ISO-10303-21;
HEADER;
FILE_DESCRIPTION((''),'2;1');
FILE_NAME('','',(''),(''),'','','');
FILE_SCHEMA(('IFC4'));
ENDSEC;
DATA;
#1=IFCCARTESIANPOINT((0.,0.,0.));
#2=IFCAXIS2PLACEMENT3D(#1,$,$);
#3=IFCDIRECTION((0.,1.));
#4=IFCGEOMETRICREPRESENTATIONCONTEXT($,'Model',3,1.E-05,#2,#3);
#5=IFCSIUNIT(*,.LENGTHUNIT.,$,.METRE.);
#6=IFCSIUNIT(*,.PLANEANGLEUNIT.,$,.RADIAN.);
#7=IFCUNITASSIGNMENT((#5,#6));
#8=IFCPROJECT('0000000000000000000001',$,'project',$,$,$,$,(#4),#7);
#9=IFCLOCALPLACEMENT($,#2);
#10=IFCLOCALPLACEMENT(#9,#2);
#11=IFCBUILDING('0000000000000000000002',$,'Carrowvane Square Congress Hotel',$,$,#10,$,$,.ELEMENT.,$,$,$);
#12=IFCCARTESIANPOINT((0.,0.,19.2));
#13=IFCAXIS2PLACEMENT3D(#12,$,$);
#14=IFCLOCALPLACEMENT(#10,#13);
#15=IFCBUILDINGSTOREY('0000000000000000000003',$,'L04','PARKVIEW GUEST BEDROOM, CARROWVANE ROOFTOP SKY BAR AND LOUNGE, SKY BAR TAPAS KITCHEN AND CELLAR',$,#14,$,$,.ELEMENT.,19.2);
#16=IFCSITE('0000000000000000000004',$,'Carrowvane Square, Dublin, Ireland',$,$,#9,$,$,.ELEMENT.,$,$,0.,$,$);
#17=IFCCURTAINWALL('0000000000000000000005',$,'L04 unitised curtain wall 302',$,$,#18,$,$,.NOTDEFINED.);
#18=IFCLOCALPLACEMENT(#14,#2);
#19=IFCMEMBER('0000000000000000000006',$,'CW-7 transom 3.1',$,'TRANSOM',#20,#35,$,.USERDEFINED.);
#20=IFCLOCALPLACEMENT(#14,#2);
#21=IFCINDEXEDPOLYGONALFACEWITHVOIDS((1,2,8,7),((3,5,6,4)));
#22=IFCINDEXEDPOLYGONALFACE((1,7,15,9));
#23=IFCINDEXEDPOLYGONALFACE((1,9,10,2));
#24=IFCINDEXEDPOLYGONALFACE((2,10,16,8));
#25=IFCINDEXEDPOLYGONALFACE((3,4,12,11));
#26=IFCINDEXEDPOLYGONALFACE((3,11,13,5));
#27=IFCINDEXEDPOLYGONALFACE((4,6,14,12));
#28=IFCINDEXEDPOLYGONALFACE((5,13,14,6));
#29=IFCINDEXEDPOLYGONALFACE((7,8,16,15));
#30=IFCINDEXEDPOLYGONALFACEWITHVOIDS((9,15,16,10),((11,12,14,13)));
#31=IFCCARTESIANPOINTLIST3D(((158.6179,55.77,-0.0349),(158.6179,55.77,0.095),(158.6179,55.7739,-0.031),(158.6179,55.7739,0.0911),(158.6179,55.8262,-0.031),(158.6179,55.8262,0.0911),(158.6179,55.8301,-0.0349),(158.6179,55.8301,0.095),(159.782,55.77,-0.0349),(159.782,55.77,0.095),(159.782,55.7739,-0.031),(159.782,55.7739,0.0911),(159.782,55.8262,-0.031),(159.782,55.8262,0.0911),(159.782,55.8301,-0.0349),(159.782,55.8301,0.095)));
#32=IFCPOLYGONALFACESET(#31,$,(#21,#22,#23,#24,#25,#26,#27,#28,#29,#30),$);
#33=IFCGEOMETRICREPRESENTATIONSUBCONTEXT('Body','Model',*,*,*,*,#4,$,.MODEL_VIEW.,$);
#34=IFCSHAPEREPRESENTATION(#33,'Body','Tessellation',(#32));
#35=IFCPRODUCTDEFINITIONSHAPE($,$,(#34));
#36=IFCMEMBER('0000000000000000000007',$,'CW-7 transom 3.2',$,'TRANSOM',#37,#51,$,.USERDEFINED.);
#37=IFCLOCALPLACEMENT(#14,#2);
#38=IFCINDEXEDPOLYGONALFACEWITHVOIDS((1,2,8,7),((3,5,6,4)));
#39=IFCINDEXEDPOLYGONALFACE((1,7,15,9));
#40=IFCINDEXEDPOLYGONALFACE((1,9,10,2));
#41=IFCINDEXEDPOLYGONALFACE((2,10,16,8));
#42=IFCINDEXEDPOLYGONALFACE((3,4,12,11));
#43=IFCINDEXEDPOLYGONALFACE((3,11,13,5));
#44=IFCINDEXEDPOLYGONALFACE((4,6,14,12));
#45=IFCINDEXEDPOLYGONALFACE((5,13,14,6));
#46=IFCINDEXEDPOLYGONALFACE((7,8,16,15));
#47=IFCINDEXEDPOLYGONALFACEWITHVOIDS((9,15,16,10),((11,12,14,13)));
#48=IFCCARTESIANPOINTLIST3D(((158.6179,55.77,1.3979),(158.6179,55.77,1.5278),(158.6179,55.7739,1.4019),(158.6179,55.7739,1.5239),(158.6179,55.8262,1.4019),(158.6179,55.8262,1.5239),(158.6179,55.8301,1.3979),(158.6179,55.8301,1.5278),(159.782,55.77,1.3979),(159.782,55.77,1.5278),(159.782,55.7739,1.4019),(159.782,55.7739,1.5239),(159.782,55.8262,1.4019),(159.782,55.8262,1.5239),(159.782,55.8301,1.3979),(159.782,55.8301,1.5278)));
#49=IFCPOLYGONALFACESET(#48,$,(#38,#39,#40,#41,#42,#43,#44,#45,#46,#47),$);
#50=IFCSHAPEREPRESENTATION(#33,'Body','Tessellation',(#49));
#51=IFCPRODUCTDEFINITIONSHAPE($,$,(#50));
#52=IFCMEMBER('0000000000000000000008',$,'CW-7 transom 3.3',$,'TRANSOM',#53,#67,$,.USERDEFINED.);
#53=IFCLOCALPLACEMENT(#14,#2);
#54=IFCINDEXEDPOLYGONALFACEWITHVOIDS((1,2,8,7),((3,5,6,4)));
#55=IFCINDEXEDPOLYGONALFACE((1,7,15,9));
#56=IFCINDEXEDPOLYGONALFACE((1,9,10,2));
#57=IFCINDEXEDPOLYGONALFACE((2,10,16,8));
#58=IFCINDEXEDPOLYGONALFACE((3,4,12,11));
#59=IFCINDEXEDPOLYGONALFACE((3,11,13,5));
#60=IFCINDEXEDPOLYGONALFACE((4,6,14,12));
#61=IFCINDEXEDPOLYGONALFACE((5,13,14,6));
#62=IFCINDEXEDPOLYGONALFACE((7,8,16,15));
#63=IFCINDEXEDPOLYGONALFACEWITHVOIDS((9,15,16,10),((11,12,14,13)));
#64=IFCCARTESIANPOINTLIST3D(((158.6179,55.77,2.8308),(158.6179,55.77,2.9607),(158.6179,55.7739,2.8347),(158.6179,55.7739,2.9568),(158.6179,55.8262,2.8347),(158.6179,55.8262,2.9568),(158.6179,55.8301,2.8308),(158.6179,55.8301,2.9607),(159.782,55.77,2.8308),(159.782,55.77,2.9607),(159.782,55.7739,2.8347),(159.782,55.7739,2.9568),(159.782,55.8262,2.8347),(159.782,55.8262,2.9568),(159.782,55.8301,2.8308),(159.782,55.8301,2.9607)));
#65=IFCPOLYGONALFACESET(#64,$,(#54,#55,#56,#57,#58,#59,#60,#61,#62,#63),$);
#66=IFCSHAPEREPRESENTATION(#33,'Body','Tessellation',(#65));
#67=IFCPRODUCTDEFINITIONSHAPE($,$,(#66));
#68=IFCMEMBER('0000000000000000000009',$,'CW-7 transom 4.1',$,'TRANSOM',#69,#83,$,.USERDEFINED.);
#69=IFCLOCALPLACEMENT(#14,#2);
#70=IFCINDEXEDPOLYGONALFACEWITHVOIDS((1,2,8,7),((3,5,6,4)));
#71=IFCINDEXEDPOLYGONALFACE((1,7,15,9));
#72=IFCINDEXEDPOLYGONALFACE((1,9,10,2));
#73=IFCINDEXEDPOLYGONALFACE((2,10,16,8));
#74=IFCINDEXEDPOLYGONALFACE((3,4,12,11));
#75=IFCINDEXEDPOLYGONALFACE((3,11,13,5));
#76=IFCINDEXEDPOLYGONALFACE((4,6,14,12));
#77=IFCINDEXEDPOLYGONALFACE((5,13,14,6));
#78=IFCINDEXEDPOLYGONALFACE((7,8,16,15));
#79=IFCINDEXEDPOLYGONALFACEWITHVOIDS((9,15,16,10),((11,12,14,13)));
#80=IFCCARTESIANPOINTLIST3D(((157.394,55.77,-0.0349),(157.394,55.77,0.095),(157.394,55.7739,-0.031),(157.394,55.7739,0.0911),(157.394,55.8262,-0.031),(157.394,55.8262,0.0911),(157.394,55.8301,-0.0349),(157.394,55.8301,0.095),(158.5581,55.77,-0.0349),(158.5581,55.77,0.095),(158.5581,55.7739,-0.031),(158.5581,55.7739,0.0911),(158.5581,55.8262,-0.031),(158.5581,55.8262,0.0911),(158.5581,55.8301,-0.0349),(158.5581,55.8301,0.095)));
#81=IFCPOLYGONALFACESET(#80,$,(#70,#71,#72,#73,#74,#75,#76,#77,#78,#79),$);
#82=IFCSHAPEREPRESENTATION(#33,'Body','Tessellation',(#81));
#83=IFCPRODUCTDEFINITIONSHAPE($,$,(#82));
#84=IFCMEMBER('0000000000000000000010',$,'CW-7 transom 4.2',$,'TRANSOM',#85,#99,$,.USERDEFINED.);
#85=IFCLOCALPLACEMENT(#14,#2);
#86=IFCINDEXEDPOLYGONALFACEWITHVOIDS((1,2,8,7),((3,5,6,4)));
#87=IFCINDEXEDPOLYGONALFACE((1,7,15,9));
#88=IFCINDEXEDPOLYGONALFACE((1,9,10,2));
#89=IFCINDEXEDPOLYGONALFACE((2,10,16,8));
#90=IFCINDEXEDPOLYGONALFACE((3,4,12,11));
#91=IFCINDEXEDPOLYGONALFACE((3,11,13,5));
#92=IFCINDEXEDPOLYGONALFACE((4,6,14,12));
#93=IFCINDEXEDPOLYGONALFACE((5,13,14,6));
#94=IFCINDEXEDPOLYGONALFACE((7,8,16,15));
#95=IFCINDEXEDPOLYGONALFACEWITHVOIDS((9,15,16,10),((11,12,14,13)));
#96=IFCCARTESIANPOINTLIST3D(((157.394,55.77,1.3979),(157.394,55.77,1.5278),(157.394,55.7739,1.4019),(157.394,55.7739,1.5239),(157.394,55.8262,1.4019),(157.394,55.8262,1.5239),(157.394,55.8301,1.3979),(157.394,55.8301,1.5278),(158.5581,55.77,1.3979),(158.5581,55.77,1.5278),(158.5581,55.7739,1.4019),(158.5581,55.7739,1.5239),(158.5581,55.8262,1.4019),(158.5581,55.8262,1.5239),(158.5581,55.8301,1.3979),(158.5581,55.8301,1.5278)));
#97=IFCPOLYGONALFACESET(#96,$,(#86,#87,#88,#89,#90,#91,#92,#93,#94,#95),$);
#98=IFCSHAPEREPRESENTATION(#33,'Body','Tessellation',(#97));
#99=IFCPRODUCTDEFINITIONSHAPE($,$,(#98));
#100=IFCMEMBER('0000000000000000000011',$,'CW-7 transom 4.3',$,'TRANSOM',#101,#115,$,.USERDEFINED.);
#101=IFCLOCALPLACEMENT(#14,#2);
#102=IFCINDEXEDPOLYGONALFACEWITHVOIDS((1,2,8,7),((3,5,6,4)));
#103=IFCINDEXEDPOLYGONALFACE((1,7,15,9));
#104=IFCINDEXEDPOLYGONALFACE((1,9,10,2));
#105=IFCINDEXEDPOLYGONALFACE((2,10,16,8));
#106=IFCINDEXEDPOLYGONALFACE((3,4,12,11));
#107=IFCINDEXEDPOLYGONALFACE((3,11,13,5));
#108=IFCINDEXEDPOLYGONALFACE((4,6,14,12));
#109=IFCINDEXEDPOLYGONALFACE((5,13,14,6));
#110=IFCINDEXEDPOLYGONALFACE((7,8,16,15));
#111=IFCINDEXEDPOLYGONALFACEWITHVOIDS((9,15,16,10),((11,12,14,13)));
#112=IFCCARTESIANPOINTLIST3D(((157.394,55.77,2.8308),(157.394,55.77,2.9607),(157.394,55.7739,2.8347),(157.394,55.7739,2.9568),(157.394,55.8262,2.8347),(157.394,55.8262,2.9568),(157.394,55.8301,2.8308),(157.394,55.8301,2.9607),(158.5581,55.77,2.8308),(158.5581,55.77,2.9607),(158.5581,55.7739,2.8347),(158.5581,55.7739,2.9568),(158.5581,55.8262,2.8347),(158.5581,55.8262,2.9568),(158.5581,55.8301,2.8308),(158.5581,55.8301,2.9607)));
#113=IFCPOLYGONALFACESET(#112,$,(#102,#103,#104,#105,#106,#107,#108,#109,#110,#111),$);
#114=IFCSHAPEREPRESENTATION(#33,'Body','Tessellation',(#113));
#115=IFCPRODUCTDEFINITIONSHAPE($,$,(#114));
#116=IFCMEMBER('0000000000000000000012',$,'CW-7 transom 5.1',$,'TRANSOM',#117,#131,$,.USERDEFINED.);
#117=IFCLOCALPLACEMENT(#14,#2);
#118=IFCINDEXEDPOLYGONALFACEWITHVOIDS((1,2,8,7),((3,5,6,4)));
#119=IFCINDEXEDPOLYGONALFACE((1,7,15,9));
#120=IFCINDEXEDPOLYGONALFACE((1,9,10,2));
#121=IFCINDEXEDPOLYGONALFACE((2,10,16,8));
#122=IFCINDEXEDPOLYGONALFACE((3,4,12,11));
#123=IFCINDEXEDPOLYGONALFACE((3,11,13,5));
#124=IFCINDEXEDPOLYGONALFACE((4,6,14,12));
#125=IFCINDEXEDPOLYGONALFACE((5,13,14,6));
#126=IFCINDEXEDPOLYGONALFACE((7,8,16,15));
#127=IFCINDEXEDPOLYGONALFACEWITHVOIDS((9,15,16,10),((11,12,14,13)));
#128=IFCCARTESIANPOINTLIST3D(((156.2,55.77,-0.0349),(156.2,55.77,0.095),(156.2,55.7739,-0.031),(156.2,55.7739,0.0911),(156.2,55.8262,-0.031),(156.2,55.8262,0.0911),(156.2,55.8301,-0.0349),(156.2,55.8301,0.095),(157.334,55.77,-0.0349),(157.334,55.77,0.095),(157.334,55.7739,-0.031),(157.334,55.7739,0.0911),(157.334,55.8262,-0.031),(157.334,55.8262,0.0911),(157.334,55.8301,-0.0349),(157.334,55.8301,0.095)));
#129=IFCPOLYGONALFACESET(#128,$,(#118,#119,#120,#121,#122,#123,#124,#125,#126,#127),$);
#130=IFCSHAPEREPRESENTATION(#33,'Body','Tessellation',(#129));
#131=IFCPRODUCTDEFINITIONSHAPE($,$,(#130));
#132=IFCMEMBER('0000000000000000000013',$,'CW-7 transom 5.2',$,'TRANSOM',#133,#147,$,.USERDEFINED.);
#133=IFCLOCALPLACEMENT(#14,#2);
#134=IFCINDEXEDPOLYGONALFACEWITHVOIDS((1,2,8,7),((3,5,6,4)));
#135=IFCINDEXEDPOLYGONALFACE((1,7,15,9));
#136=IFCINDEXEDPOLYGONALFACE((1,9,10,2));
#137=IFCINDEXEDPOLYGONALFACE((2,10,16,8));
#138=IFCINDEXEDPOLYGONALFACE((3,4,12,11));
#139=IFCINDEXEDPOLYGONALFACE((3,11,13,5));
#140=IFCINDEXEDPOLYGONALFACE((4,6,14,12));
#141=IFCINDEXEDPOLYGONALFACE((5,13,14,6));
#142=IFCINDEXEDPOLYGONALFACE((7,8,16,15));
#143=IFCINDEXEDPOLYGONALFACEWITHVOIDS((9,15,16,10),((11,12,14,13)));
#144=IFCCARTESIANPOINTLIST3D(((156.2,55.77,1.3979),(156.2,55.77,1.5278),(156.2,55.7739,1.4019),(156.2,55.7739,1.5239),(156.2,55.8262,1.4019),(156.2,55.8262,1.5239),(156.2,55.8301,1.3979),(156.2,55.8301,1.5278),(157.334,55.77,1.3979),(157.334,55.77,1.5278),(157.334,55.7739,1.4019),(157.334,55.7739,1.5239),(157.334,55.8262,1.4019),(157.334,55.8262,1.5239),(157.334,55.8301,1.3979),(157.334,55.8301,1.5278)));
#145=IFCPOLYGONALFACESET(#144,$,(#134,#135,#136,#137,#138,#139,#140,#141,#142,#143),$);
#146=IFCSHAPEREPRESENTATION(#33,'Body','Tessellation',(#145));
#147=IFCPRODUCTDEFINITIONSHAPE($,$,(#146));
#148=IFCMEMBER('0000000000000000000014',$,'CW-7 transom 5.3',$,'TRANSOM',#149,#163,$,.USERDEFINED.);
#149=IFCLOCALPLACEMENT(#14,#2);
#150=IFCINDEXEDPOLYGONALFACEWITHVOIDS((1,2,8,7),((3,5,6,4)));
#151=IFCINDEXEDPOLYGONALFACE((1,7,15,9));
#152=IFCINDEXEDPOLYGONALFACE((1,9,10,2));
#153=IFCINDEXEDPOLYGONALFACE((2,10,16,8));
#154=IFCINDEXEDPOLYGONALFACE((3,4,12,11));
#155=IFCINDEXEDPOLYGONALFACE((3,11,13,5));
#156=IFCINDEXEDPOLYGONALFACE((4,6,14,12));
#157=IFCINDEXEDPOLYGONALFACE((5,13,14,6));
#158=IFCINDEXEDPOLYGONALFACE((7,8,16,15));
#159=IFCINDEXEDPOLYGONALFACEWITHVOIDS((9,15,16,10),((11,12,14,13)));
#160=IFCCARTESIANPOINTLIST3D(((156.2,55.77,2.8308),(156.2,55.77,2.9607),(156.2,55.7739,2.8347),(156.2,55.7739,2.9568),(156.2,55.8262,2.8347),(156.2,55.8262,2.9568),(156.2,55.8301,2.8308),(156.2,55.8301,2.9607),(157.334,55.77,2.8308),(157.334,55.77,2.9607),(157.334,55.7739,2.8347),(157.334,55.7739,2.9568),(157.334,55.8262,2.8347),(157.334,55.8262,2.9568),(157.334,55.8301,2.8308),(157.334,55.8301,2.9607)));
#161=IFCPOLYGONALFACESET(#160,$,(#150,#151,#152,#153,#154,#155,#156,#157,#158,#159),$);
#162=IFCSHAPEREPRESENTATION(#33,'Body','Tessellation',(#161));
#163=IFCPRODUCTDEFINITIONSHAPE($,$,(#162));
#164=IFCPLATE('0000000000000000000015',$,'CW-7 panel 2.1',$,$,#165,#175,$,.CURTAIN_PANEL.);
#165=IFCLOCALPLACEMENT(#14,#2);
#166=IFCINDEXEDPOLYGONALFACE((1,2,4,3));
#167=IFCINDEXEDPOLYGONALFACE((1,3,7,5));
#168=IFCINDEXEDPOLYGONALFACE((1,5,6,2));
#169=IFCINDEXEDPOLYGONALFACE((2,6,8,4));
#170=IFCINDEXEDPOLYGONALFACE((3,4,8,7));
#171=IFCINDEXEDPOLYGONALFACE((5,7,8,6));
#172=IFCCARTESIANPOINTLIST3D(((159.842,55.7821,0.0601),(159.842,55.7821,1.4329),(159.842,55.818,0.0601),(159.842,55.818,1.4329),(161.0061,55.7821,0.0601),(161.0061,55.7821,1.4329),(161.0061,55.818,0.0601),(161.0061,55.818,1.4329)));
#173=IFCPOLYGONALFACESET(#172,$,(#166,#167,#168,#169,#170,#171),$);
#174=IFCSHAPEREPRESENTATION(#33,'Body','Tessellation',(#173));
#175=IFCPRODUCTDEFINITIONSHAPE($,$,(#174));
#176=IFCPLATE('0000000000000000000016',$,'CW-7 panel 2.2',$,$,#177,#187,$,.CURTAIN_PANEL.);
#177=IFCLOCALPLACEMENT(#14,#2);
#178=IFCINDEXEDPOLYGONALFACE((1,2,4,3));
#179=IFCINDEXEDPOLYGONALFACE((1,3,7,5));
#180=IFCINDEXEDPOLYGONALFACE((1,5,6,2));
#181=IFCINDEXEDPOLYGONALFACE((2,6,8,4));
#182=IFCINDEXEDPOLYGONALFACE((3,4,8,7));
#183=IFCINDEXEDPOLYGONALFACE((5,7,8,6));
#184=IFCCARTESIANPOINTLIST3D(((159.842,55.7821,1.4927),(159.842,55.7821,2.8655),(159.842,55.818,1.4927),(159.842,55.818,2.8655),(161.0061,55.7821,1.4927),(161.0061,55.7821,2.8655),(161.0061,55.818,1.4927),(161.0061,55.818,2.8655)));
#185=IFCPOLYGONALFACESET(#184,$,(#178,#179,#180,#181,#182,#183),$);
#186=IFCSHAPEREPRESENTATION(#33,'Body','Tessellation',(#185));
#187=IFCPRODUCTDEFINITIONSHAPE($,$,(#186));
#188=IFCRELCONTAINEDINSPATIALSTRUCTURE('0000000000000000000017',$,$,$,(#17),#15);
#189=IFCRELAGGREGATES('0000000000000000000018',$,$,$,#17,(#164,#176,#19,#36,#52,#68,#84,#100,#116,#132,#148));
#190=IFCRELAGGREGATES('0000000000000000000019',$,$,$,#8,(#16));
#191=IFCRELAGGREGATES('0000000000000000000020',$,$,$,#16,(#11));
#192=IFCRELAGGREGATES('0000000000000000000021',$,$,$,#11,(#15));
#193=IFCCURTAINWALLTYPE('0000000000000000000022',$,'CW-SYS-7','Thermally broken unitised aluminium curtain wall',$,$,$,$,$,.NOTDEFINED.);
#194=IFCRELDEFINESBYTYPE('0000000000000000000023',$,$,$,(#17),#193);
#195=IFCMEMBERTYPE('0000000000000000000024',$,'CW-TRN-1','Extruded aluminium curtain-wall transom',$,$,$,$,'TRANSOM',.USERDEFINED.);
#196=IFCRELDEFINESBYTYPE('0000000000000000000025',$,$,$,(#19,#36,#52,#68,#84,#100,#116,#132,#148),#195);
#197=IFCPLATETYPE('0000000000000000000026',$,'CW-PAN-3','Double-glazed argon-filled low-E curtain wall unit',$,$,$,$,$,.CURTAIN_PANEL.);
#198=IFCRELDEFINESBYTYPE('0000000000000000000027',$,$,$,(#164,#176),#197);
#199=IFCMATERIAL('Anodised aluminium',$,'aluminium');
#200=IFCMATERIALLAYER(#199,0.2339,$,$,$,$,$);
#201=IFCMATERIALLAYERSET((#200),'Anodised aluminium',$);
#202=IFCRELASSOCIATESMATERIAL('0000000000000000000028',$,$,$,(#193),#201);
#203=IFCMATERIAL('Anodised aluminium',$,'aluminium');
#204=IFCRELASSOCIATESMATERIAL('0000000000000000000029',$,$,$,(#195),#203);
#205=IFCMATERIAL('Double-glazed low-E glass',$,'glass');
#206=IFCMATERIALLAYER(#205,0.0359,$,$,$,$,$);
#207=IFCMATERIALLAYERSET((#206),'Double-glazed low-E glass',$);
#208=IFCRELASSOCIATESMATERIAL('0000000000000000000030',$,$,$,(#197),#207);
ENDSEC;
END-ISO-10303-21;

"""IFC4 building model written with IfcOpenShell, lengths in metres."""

from ifc_helpers import new_model, si_unit, direction, frame, origin, origin_2d, place, context, subcontext, project, spatial, rectangle, hollow_rectangle, extrude, material, layer, layer_set, material_profile, profile_set, type_object, element, aggregate, save


model = new_model("IFC4")

# Units and contexts
model_context = context("Model", 3, precision=1e-05, world=origin(), true_north=direction((0.0, 1.0)))
body_context = subcontext(model_context, "Body", "Model", "MODEL_VIEW")
ifc_project = project(units=[si_unit("LENGTHUNIT", "METRE"), si_unit("PLANEANGLEUNIT", "RADIAN")], contexts=[model_context])

# Site, building, storey
site_placement = place(None, origin())
site = spatial("IfcSite", under=ifc_project, at=site_placement, Name="Carrowvane Square, Dublin, Ireland", CompositionType="ELEMENT", RefElevation=0.0)
building_placement = place(site_placement, origin())
building = spatial("IfcBuilding", under=site, at=building_placement, Name="Carrowvane Square Congress Hotel", CompositionType="ELEMENT")
storey_placement = place(building_placement, frame((0.0, 0.0, 19.2)))
storey = spatial("IfcBuildingStorey", under=building, at=storey_placement, Name="L04", Description="PARKVIEW GUEST BEDROOM, CARROWVANE ROOFTOP SKY BAR AND LOUNGE, SKY BAR TAPAS KITCHEN AND CELLAR", CompositionType="ELEMENT", Elevation=19.2)

# Curtain wall, members, plates
ifc_material_1 = material(Name="Anodised aluminium", Category="aluminium")
ifc_layer_1 = layer(ifc_material_1, 0.2339)
ifc_layer_set_1 = layer_set([ifc_layer_1], Name="Anodised aluminium")
curtain_wall_type = type_object("IfcCurtainWallType", Name="CW-SYS-7", Description="Thermally broken unitised aluminium curtain wall", PredefinedType="NOTDEFINED", material=ifc_layer_set_1)
curtain_wall_placement = place(storey_placement, origin())
curtain_wall = element("IfcCurtainWall", 1, at=curtain_wall_placement, inside=storey, type_object=curtain_wall_type, Name="L04 unitised curtain wall 302", PredefinedType="NOTDEFINED")
ifc_material_2 = material(Name="Anodised aluminium", Category="aluminium")
ifc_material_profile_1 = material_profile(ifc_material_2, hollow_rectangle(XDim=0.0601, YDim=0.1299, WallThickness=0.0039, at=origin_2d()), Name="CW-TR 60x130x4")
ifc_profile_set_1 = profile_set([ifc_material_profile_1], Name="Anodised aluminium")
member_type_1 = type_object("IfcMemberType", Name="CW-TRN-1", Description="Extruded aluminium curtain-wall transom", ElementType="TRANSOM", PredefinedType="USERDEFINED", material=ifc_profile_set_1)
member_1_placement = place(storey_placement, frame((159.782, 55.8, 0.03), z_axis=(-1.0, 0.0, 0.0), x_axis=(0.0, -1.0, 0.0)))
member_1 = element("IfcMember", 2, at=member_1_placement, type_object=member_type_1, Name="CW-7 transom 3.1", ObjectType="TRANSOM", PredefinedType="USERDEFINED", context=body_context, shape_type="SweptSolid", body=[
    extrude(hollow_rectangle(XDim=0.0601, YDim=0.1299, WallThickness=0.0039, at=origin_2d()), origin(), (0.0, 0.0, 1.0), 1.1641),
])
member_2_placement = place(storey_placement, frame((159.782, 55.8, 1.4629), z_axis=(-1.0, 0.0, 0.0), x_axis=(0.0, -1.0, 0.0)))
member_2 = element("IfcMember", 3, at=member_2_placement, type_object=member_type_1, Name="CW-7 transom 3.2", ObjectType="TRANSOM", PredefinedType="USERDEFINED", context=body_context, shape_type="SweptSolid", body=[
    extrude(hollow_rectangle(XDim=0.0601, YDim=0.1299, WallThickness=0.0039, at=origin_2d()), origin(), (0.0, 0.0, 1.0), 1.1641),
])
member_3_placement = place(storey_placement, frame((159.782, 55.8, 2.8958), z_axis=(-1.0, 0.0, 0.0), x_axis=(0.0, -1.0, 0.0)))
member_3 = element("IfcMember", 4, at=member_3_placement, type_object=member_type_1, Name="CW-7 transom 3.3", ObjectType="TRANSOM", PredefinedType="USERDEFINED", context=body_context, shape_type="SweptSolid", body=[
    extrude(hollow_rectangle(XDim=0.0601, YDim=0.1299, WallThickness=0.0039, at=origin_2d()), origin(), (0.0, 0.0, 1.0), 1.1641),
])
member_4_placement = place(storey_placement, frame((158.5581, 55.8, 0.03), z_axis=(-1.0, 0.0, 0.0), x_axis=(0.0, -1.0, 0.0)))
member_4 = element("IfcMember", 5, at=member_4_placement, type_object=member_type_1, Name="CW-7 transom 4.1", ObjectType="TRANSOM", PredefinedType="USERDEFINED", context=body_context, shape_type="SweptSolid", body=[
    extrude(hollow_rectangle(XDim=0.0601, YDim=0.1299, WallThickness=0.0039, at=origin_2d()), origin(), (0.0, 0.0, 1.0), 1.1641),
])
member_5_placement = place(storey_placement, frame((158.5581, 55.8, 1.4629), z_axis=(-1.0, 0.0, 0.0), x_axis=(0.0, -1.0, 0.0)))
member_5 = element("IfcMember", 6, at=member_5_placement, type_object=member_type_1, Name="CW-7 transom 4.2", ObjectType="TRANSOM", PredefinedType="USERDEFINED", context=body_context, shape_type="SweptSolid", body=[
    extrude(hollow_rectangle(XDim=0.0601, YDim=0.1299, WallThickness=0.0039, at=origin_2d()), origin(), (0.0, 0.0, 1.0), 1.1641),
])
member_6_placement = place(storey_placement, frame((158.5581, 55.8, 2.8958), z_axis=(-1.0, 0.0, 0.0), x_axis=(0.0, -1.0, 0.0)))
member_6 = element("IfcMember", 7, at=member_6_placement, type_object=member_type_1, Name="CW-7 transom 4.3", ObjectType="TRANSOM", PredefinedType="USERDEFINED", context=body_context, shape_type="SweptSolid", body=[
    extrude(hollow_rectangle(XDim=0.0601, YDim=0.1299, WallThickness=0.0039, at=origin_2d()), origin(), (0.0, 0.0, 1.0), 1.1641),
])
member_7_placement = place(storey_placement, frame((157.334, 55.8, 0.03), z_axis=(-1.0, 0.0, 0.0), x_axis=(0.0, -1.0, 0.0)))
member_7 = element("IfcMember", 8, at=member_7_placement, type_object=member_type_1, Name="CW-7 transom 5.1", ObjectType="TRANSOM", PredefinedType="USERDEFINED", context=body_context, shape_type="SweptSolid", body=[
    extrude(hollow_rectangle(XDim=0.0601, YDim=0.1299, WallThickness=0.0039, at=origin_2d()), origin(), (0.0, 0.0, 1.0), 1.134),
])
member_8_placement = place(storey_placement, frame((157.334, 55.8, 1.4629), z_axis=(-1.0, 0.0, 0.0), x_axis=(0.0, -1.0, 0.0)))
member_8 = element("IfcMember", 9, at=member_8_placement, type_object=member_type_1, Name="CW-7 transom 5.2", ObjectType="TRANSOM", PredefinedType="USERDEFINED", context=body_context, shape_type="SweptSolid", body=[
    extrude(hollow_rectangle(XDim=0.0601, YDim=0.1299, WallThickness=0.0039, at=origin_2d()), origin(), (0.0, 0.0, 1.0), 1.134),
])
member_9_placement = place(storey_placement, frame((157.334, 55.8, 2.8958), z_axis=(-1.0, 0.0, 0.0), x_axis=(0.0, -1.0, 0.0)))
member_9 = element("IfcMember", 10, at=member_9_placement, type_object=member_type_1, Name="CW-7 transom 5.3", ObjectType="TRANSOM", PredefinedType="USERDEFINED", context=body_context, shape_type="SweptSolid", body=[
    extrude(hollow_rectangle(XDim=0.0601, YDim=0.1299, WallThickness=0.0039, at=origin_2d()), origin(), (0.0, 0.0, 1.0), 1.134),
])
ifc_material_3 = material(Name="Double-glazed low-E glass", Category="glass")
ifc_layer_2 = layer(ifc_material_3, 0.0359)
ifc_layer_set_2 = layer_set([ifc_layer_2], Name="Double-glazed low-E glass")
plate_type = type_object("IfcPlateType", Name="CW-PAN-3", Description="Double-glazed argon-filled low-E curtain wall unit", PredefinedType="CURTAIN_PANEL", material=ifc_layer_set_2)
plate_1_placement = place(storey_placement, frame((160.4241, 55.8, 0.0601), z_axis=(0.0, 0.0, 1.0), x_axis=(-1.0, 0.0, 0.0)))
plate_1 = element("IfcPlate", 11, at=plate_1_placement, type_object=plate_type, Name="CW-7 panel 2.1", PredefinedType="CURTAIN_PANEL", context=body_context, shape_type="SweptSolid", body=[
    extrude(rectangle(XDim=1.1641, YDim=0.0359, at=origin_2d()), origin(), (0.0, 0.0, 1.0), 1.3728),
])
plate_2_placement = place(storey_placement, frame((160.4241, 55.8, 1.4927), z_axis=(0.0, 0.0, 1.0), x_axis=(-1.0, 0.0, 0.0)))
plate_2 = element("IfcPlate", 12, at=plate_2_placement, type_object=plate_type, Name="CW-7 panel 2.2", PredefinedType="CURTAIN_PANEL", context=body_context, shape_type="SweptSolid", body=[
    extrude(rectangle(XDim=1.1641, YDim=0.0359, at=origin_2d()), origin(), (0.0, 0.0, 1.0), 1.3728),
])
aggregate(curtain_wall, [plate_1, plate_2, member_1, member_2, member_3, member_4, member_5, member_6, member_7, member_8, member_9])

save(model, "model.ifc")
